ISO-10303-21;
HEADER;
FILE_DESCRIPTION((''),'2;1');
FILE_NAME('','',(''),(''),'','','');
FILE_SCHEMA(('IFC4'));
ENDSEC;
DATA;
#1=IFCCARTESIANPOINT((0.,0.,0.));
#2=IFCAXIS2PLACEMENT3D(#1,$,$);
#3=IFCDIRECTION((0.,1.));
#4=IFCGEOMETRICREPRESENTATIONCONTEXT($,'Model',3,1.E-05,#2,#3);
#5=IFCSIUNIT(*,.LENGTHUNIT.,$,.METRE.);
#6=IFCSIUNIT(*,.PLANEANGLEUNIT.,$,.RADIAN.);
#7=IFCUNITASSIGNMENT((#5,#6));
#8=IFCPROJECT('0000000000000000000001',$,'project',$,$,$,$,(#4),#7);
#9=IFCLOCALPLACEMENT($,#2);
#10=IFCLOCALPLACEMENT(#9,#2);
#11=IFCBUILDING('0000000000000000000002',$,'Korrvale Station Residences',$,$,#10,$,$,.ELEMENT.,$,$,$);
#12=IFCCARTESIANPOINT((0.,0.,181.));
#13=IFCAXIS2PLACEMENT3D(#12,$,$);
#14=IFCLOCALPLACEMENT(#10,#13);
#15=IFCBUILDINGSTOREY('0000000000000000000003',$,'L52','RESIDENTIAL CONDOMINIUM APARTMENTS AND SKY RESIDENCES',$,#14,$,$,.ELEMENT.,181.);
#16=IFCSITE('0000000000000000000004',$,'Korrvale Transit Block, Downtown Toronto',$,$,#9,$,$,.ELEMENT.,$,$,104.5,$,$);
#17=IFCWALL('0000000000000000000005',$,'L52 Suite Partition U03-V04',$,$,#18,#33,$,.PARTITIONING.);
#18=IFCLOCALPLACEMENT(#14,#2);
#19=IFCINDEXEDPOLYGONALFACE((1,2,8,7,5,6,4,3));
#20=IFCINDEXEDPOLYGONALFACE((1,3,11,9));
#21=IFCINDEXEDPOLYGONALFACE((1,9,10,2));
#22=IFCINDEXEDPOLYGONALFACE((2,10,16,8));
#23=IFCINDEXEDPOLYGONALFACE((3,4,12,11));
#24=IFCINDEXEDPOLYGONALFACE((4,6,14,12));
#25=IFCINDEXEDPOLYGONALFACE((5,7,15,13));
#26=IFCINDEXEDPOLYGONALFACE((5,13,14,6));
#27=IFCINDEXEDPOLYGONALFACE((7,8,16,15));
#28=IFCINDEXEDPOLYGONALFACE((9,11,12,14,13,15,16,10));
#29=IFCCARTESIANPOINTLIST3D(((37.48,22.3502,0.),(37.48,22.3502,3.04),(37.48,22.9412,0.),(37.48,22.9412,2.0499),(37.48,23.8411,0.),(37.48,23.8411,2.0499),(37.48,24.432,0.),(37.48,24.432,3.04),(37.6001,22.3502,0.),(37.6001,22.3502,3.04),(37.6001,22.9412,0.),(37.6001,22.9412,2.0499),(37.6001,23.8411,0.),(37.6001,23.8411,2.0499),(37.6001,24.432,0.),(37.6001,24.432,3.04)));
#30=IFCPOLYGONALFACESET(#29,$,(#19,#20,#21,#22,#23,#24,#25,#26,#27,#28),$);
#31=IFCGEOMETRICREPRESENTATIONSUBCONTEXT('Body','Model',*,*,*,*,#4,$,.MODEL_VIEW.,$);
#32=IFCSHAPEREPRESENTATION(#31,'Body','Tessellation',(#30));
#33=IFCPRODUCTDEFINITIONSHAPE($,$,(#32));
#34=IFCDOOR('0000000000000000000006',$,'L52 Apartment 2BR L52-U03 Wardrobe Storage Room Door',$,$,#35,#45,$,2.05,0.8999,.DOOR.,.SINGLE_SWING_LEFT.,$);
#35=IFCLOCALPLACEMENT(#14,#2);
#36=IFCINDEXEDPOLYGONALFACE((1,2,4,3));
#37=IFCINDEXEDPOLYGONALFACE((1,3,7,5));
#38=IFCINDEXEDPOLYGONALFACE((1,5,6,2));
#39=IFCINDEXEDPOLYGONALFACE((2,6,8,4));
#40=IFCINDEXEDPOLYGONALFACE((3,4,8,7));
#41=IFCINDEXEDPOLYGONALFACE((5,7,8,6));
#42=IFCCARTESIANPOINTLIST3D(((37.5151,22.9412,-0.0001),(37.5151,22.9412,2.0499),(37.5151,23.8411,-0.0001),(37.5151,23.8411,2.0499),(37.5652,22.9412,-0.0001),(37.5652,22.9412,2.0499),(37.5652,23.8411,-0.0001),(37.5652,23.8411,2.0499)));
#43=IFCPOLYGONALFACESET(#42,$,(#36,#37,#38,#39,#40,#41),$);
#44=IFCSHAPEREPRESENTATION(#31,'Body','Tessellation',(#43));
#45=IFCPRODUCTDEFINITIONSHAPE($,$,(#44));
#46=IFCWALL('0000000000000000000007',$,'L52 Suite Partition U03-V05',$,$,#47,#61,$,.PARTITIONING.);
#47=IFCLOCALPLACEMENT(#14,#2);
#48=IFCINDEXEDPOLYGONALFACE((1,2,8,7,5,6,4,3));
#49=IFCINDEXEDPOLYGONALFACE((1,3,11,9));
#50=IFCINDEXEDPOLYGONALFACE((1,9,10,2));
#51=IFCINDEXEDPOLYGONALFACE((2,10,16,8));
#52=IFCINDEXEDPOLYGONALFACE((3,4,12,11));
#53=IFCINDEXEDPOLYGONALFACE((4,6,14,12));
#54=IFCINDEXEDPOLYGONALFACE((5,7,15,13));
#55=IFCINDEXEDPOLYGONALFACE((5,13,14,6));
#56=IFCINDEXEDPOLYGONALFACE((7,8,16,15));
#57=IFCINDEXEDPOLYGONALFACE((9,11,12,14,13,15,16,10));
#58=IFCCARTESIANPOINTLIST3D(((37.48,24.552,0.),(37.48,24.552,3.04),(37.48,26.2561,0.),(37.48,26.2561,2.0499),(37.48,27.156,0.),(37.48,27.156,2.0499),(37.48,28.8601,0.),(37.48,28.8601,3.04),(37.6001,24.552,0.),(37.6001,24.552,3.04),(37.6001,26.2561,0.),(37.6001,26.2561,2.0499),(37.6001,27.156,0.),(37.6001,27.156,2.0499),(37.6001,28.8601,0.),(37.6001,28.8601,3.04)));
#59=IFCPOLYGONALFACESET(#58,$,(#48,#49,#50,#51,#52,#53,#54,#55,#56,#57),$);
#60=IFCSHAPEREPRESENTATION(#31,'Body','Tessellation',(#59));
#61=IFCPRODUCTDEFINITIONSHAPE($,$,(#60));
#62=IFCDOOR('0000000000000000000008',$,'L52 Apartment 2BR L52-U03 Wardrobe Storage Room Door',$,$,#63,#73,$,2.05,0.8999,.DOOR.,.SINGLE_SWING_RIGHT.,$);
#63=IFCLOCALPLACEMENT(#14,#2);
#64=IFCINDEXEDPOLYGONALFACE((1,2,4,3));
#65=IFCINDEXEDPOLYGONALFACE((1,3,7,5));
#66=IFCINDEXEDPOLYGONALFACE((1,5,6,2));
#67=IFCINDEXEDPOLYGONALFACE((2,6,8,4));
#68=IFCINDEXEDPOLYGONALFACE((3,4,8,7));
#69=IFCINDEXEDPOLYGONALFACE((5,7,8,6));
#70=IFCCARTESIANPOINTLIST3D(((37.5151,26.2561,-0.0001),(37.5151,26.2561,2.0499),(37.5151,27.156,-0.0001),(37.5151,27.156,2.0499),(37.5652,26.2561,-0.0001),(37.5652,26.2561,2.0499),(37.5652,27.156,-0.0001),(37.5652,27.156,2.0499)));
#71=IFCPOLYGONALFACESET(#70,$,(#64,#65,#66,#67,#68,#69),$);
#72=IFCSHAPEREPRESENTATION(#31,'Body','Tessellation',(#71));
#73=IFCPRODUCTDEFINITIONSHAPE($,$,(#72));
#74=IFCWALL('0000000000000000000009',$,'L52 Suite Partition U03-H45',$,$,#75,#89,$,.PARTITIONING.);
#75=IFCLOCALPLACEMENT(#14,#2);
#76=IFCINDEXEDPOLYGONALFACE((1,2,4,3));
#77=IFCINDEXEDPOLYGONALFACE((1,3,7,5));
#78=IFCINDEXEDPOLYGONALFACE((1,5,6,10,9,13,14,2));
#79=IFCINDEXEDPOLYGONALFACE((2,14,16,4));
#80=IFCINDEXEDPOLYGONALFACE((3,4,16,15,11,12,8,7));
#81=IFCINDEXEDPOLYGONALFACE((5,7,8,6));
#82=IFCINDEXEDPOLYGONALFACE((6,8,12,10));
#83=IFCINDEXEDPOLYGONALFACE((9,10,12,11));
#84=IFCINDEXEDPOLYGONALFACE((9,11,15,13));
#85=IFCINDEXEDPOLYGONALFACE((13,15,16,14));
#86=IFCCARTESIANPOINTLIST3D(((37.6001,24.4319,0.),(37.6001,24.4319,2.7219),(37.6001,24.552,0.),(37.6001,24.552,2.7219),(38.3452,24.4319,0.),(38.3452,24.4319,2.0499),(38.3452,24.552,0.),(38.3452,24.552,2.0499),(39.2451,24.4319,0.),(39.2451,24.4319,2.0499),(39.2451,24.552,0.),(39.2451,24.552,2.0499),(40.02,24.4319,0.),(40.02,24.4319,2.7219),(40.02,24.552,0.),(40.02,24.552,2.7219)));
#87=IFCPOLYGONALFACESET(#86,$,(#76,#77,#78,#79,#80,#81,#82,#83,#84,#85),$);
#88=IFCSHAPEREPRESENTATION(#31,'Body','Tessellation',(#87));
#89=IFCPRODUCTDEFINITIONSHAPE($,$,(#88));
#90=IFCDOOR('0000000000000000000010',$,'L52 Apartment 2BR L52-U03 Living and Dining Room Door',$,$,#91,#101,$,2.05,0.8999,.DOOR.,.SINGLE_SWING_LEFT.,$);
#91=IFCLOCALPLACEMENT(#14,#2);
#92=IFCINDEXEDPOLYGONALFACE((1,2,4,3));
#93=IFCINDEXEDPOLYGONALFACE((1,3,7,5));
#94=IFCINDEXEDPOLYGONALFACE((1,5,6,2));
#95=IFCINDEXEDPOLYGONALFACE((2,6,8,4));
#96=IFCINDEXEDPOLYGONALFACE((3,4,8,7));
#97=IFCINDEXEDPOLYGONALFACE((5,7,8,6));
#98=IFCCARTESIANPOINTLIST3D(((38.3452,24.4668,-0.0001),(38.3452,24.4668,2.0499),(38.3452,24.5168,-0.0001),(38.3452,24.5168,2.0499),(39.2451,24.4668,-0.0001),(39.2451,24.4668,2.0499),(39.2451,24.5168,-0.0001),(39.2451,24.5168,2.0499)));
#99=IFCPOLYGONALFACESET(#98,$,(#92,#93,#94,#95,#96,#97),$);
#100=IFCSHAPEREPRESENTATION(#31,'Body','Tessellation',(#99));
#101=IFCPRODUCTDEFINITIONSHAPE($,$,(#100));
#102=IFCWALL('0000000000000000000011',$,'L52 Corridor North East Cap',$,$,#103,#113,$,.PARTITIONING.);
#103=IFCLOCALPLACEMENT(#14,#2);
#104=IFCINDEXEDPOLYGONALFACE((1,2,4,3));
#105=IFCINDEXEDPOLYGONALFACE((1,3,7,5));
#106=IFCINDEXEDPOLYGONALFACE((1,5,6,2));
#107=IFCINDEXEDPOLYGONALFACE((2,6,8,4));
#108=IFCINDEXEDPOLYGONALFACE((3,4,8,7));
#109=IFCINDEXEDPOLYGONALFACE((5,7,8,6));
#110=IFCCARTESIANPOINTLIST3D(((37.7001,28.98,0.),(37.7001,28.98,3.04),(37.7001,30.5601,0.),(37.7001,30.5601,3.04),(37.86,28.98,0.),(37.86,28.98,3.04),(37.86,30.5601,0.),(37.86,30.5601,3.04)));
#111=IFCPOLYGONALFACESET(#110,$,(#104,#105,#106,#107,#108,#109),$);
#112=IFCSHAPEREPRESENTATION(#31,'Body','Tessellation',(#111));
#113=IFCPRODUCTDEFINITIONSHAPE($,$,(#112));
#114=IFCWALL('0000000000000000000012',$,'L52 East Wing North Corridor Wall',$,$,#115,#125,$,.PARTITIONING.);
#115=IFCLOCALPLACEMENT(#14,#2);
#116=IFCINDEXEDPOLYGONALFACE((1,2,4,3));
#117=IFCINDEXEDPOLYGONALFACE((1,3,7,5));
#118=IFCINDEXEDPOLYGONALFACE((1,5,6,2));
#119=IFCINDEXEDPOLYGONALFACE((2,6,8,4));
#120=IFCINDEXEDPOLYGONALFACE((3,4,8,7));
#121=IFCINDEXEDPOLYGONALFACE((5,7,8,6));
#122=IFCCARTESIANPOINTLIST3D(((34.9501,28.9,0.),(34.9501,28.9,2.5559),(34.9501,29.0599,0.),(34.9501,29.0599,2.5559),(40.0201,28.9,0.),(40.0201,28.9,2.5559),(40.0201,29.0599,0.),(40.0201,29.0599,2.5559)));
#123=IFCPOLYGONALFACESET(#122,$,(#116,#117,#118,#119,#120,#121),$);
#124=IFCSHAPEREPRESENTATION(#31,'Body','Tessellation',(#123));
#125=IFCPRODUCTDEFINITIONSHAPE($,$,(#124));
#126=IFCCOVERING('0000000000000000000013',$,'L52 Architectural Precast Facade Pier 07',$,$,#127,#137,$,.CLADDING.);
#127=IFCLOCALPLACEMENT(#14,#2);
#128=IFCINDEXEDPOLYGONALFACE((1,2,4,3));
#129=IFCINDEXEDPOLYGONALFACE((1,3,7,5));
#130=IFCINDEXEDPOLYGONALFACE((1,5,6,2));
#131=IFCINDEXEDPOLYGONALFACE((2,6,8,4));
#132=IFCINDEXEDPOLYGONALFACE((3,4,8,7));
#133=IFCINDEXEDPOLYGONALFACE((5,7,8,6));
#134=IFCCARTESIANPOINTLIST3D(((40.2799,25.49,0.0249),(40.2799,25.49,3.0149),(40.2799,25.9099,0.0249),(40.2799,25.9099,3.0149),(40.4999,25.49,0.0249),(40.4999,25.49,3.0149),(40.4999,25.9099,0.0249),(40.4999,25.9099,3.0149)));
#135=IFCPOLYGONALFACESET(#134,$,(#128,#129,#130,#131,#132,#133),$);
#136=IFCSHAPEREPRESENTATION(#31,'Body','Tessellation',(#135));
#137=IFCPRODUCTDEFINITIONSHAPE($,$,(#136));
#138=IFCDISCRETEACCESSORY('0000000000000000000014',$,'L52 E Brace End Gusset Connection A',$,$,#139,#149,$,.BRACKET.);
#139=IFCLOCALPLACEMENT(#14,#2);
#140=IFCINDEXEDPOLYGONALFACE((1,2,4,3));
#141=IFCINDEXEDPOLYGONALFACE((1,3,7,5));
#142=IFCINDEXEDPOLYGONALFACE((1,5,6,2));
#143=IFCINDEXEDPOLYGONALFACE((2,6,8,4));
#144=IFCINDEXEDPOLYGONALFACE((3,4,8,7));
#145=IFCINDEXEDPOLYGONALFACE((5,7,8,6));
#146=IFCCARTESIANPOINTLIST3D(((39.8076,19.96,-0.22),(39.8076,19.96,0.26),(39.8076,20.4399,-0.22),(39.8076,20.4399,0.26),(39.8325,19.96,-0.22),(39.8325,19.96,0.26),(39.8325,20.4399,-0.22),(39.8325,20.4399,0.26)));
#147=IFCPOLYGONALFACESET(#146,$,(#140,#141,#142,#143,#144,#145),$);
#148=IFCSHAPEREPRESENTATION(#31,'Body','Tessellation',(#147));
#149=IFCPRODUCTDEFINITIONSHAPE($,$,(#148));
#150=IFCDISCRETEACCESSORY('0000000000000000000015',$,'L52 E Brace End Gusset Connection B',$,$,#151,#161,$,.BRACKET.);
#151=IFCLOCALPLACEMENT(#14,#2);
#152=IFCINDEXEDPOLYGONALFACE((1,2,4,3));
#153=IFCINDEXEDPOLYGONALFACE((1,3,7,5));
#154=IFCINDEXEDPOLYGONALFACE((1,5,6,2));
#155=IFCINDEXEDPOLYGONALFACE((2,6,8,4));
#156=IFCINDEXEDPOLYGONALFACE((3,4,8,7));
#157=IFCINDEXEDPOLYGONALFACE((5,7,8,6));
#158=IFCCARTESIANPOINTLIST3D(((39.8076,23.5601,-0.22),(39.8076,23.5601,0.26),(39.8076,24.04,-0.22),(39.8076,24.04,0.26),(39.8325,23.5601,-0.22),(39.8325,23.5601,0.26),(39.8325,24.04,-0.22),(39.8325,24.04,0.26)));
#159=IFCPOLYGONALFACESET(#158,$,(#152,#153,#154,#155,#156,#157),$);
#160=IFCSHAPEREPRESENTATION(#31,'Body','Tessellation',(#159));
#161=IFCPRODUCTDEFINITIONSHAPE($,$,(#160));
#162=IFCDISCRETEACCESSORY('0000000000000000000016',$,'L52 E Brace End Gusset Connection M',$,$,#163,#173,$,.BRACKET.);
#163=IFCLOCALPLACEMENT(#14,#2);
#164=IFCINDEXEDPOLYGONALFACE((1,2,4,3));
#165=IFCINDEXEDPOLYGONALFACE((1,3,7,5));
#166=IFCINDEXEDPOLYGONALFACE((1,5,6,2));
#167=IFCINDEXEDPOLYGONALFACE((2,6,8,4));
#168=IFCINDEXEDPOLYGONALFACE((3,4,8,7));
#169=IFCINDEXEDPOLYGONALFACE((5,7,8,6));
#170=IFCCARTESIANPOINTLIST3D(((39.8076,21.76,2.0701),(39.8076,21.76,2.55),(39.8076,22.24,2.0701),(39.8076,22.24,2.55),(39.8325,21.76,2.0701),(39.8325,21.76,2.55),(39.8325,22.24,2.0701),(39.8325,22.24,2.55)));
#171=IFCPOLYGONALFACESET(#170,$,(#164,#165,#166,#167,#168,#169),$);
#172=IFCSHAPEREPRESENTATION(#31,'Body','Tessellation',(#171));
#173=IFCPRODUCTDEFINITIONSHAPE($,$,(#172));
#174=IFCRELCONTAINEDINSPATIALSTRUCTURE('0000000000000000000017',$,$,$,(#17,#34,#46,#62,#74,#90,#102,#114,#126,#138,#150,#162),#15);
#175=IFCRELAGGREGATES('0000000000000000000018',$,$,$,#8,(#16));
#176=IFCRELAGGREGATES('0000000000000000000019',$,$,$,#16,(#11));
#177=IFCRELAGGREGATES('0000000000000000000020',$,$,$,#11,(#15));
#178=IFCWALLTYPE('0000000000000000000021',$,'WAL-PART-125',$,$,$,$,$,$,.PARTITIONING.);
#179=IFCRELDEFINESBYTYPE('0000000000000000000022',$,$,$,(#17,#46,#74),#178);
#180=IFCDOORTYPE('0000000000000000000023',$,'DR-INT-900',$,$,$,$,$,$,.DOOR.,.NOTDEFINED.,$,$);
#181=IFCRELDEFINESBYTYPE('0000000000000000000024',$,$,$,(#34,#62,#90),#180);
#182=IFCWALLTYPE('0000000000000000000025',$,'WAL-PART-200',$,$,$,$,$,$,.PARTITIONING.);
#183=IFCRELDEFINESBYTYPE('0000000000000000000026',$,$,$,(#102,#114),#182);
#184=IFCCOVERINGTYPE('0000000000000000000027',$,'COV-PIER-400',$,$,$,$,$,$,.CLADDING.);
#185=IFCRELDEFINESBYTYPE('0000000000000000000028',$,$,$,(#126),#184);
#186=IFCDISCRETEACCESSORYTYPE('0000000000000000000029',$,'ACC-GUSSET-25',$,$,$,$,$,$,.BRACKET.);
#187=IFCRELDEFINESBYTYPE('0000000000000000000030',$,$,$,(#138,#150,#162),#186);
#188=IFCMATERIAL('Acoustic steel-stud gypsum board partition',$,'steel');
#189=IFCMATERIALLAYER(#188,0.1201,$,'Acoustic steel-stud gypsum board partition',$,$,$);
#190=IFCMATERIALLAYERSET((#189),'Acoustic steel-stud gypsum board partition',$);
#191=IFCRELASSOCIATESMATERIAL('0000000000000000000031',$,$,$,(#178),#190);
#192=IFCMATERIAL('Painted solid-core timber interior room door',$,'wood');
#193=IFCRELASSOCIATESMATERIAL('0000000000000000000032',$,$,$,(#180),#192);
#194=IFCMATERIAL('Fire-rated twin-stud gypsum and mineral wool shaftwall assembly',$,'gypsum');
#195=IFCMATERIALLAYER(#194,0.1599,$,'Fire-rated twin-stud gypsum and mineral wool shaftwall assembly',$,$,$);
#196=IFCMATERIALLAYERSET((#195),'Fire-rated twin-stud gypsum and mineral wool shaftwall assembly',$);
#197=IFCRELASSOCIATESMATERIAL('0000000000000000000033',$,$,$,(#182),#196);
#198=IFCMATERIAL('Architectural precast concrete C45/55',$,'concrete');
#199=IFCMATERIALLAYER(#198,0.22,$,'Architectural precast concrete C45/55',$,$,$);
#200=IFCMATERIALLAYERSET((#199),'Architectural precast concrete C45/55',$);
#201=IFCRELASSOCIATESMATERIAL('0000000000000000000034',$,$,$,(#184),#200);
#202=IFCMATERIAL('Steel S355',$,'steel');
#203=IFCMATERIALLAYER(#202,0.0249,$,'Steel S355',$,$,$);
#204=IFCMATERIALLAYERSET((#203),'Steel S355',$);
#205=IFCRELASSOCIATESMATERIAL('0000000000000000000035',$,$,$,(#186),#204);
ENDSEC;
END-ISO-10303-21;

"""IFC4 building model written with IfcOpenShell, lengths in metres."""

from ifc_helpers import new_model, si_unit, direction, frame, frame_2d, origin, origin_2d, place, context, subcontext, project, spatial, rectangle, extrude, material, layer, layer_set, type_object, element, fill, save


model = new_model("IFC4")

# Units and contexts
model_context = context("Model", 3, precision=1e-05, world=origin(), true_north=direction((0.0, 1.0)))
body_context = subcontext(model_context, "Body", "Model", "MODEL_VIEW")
ifc_project = project(units=[si_unit("LENGTHUNIT", "METRE"), si_unit("PLANEANGLEUNIT", "RADIAN")], contexts=[model_context])

# Site, building, storey
site_placement = place(None, origin())
site = spatial("IfcSite", under=ifc_project, at=site_placement, Name="Korrvale Transit Block, Downtown Toronto", CompositionType="ELEMENT", RefElevation=104.5)
building_placement = place(site_placement, origin())
building = spatial("IfcBuilding", under=site, at=building_placement, Name="Korrvale Station Residences", CompositionType="ELEMENT")
storey_placement = place(building_placement, frame((0.0, 0.0, 181.0)))
storey = spatial("IfcBuildingStorey", under=building, at=storey_placement, Name="L52", Description="RESIDENTIAL CONDOMINIUM APARTMENTS AND SKY RESIDENCES", CompositionType="ELEMENT", Elevation=181.0)

# Shared definitions
ifc_material_1 = material(Name="Steel S355", Category="steel")

# Walls, openings, doors
ifc_material_2 = material(Name="Acoustic steel-stud gypsum board partition", Category="steel")
ifc_layer_1 = layer(ifc_material_2, 0.1201, Name="Acoustic steel-stud gypsum board partition")
ifc_layer_set_1 = layer_set([ifc_layer_1], Name="Acoustic steel-stud gypsum board partition")
wall_type_1 = type_object("IfcWallType", Name="WAL-PART-125", PredefinedType="PARTITIONING", material=ifc_layer_set_1)
ifc_material_3 = material(Name="Painted solid-core timber interior room door", Category="wood")
door_type = type_object("IfcDoorType", Name="DR-INT-900", OperationType="NOTDEFINED", PredefinedType="DOOR", material=ifc_material_3)
wall_1_placement = place(storey_placement, frame((37.54, 22.3501, 0.0), z_axis=(0.0, 0.0, 1.0), x_axis=(0.0, 1.0, 0.0)))
wall_1 = element("IfcWall", 1, at=wall_1_placement, inside=storey, type_object=wall_type_1, Name="L52 Suite Partition U03-V04", PredefinedType="PARTITIONING", context=body_context, shape_type="SweptSolid", body=[
    extrude(rectangle(XDim=2.0818, YDim=0.1201, at=frame_2d((1.041, 0.0))), origin(), (0.0, 0.0, 1.0), 3.04),
])
opening_1_placement = place(wall_1_placement, frame((0.5911, 0.0, 0.0)))
opening_1 = element("IfcOpeningElement", 2, at=opening_1_placement, cuts=wall_1, PredefinedType="OPENING", context=body_context, shape_type="SweptSolid", body=[
    extrude(rectangle(XDim=0.8999, YDim=2.05, at=frame_2d((0.45, 1.0249))), frame((0.0, 0.0701, 0.0), z_axis=(0.0, -1.0, 0.0), x_axis=(1.0, 0.0, 0.0)), (0.0, 0.0, 1.0), 0.1401),
])
door_1_placement = place(opening_1_placement, origin())
door_1 = element("IfcDoor", 3, at=door_1_placement, inside=storey, type_object=door_type, Name="L52 Apartment 2BR L52-U03 Wardrobe Storage Room Door", OperationType="SINGLE_SWING_LEFT", OverallHeight=2.05, OverallWidth=0.8999, PredefinedType="DOOR", context=body_context, shape_type="SweptSolid", body=[
    extrude(rectangle(XDim=0.8999, YDim=2.05, at=frame_2d((0.45, 1.0249))), frame((0.0, 0.0249, 0.0), z_axis=(0.0, -1.0, 0.0), x_axis=(1.0, 0.0, 0.0)), (0.0, 0.0, 1.0), 0.05),
])
fill(opening_1, door_1)
wall_2_placement = place(storey_placement, frame((37.54, 24.552, 0.0), z_axis=(0.0, 0.0, 1.0), x_axis=(0.0, 1.0, 0.0)))
wall_2 = element("IfcWall", 4, at=wall_2_placement, inside=storey, type_object=wall_type_1, Name="L52 Suite Partition U03-V05", PredefinedType="PARTITIONING", context=body_context, shape_type="SweptSolid", body=[
    extrude(rectangle(XDim=4.3081, YDim=0.1201, at=frame_2d((2.1541, 0.0))), origin(), (0.0, 0.0, 1.0), 3.04),
])
opening_2_placement = place(wall_2_placement, frame((1.7041, 0.0, 0.0)))
opening_2 = element("IfcOpeningElement", 5, at=opening_2_placement, cuts=wall_2, PredefinedType="OPENING", context=body_context, shape_type="SweptSolid", body=[
    extrude(rectangle(XDim=0.8999, YDim=2.05, at=frame_2d((0.45, 1.0249))), frame((0.0, 0.0701, 0.0), z_axis=(0.0, -1.0, 0.0), x_axis=(1.0, 0.0, 0.0)), (0.0, 0.0, 1.0), 0.1401),
])
door_2_placement = place(opening_2_placement, origin())
door_2 = element("IfcDoor", 6, at=door_2_placement, inside=storey, type_object=door_type, Name="L52 Apartment 2BR L52-U03 Wardrobe Storage Room Door", OperationType="SINGLE_SWING_RIGHT", OverallHeight=2.05, OverallWidth=0.8999, PredefinedType="DOOR", context=body_context, shape_type="SweptSolid", body=[
    extrude(rectangle(XDim=0.8999, YDim=2.05, at=frame_2d((0.45, 1.0249))), frame((0.0, 0.0249, 0.0), z_axis=(0.0, -1.0, 0.0), x_axis=(1.0, 0.0, 0.0)), (0.0, 0.0, 1.0), 0.05),
])
fill(opening_2, door_2)
wall_3_placement = place(storey_placement, frame((37.6001, 24.4919, 0.0), z_axis=(0.0, 0.0, 1.0), x_axis=(1.0, 0.0, 0.0)))
wall_3 = element("IfcWall", 7, at=wall_3_placement, inside=storey, type_object=wall_type_1, Name="L52 Suite Partition U03-H45", PredefinedType="PARTITIONING", context=body_context, shape_type="SweptSolid", body=[
    extrude(rectangle(XDim=2.4199, YDim=0.1201, at=frame_2d((1.21, 0.0))), origin(), (0.0, 0.0, 1.0), 2.7219),
])
opening_3_placement = place(wall_3_placement, frame((0.7451, 0.0, 0.0)))
opening_3 = element("IfcOpeningElement", 8, at=opening_3_placement, cuts=wall_3, PredefinedType="OPENING", context=body_context, shape_type="SweptSolid", body=[
    extrude(rectangle(XDim=0.8999, YDim=2.05, at=frame_2d((0.45, 1.0249))), frame((0.0, 0.0701, 0.0), z_axis=(0.0, -1.0, 0.0), x_axis=(1.0, 0.0, 0.0)), (0.0, 0.0, 1.0), 0.1401),
])
door_3_placement = place(opening_3_placement, origin())
door_3 = element("IfcDoor", 9, at=door_3_placement, inside=storey, type_object=door_type, Name="L52 Apartment 2BR L52-U03 Living and Dining Room Door", OperationType="SINGLE_SWING_LEFT", OverallHeight=2.05, OverallWidth=0.8999, PredefinedType="DOOR", context=body_context, shape_type="SweptSolid", body=[
    extrude(rectangle(XDim=0.8999, YDim=2.05, at=frame_2d((0.45, 1.0249))), frame((0.0, 0.0249, 0.0), z_axis=(0.0, -1.0, 0.0), x_axis=(1.0, 0.0, 0.0)), (0.0, 0.0, 1.0), 0.05),
])
fill(opening_3, door_3)

# Walls
ifc_material_4 = material(Name="Fire-rated twin-stud gypsum and mineral wool shaftwall assembly", Category="gypsum")
ifc_layer_2 = layer(ifc_material_4, 0.1599, Name="Fire-rated twin-stud gypsum and mineral wool shaftwall assembly")
ifc_layer_set_2 = layer_set([ifc_layer_2], Name="Fire-rated twin-stud gypsum and mineral wool shaftwall assembly")
wall_type_2 = type_object("IfcWallType", Name="WAL-PART-200", PredefinedType="PARTITIONING", material=ifc_layer_set_2)
wall_4_placement = place(storey_placement, frame((37.78, 28.98, 0.0), z_axis=(0.0, 0.0, 1.0), x_axis=(0.0, 1.0, 0.0)))
element("IfcWall", 10, at=wall_4_placement, inside=storey, type_object=wall_type_2, Name="L52 Corridor North East Cap", PredefinedType="PARTITIONING", context=body_context, shape_type="SweptSolid", body=[
    extrude(rectangle(XDim=1.5801, YDim=0.1599, at=frame_2d((0.79, 0.0))), origin(), (0.0, 0.0, 1.0), 3.04),
])
wall_5_placement = place(storey_placement, frame((34.95, 28.98, 0.0), z_axis=(0.0, 0.0, 1.0), x_axis=(1.0, 0.0, 0.0)))
element("IfcWall", 11, at=wall_5_placement, inside=storey, type_object=wall_type_2, Name="L52 East Wing North Corridor Wall", PredefinedType="PARTITIONING", context=body_context, shape_type="SweptSolid", body=[
    extrude(rectangle(XDim=5.0701, YDim=0.1599, at=frame_2d((2.5352, 0.0))), origin(), (0.0, 0.0, 1.0), 2.5559),
])

# Covering
ifc_material_5 = material(Name="Architectural precast concrete C45/55", Category="concrete")
ifc_layer_3 = layer(ifc_material_5, 0.22, Name="Architectural precast concrete C45/55")
ifc_layer_set_3 = layer_set([ifc_layer_3], Name="Architectural precast concrete C45/55")
covering_type = type_object("IfcCoveringType", Name="COV-PIER-400", PredefinedType="CLADDING", material=ifc_layer_set_3)
covering_placement = place(storey_placement, frame((40.3899, 25.7, 0.0249), z_axis=(0.0, 0.0, 1.0), x_axis=(0.0, 1.0, 0.0)))
element("IfcCovering", 12, at=covering_placement, inside=storey, type_object=covering_type, Name="L52 Architectural Precast Facade Pier 07", PredefinedType="CLADDING", context=body_context, shape_type="SweptSolid", body=[
    extrude(rectangle(XDim=0.4199, YDim=0.22, at=origin_2d()), origin(), (0.0, 0.0, 1.0), 2.99),
])

# Discrete accessories
ifc_layer_4 = layer(ifc_material_1, 0.0249, Name="Steel S355")
ifc_layer_set_4 = layer_set([ifc_layer_4], Name="Steel S355")
discrete_accessory_type = type_object("IfcDiscreteAccessoryType", Name="ACC-GUSSET-25", PredefinedType="BRACKET", material=ifc_layer_set_4)
for number, where, z_axis, x_axis, name in (
    (13, (39.8201, 20.2, -0.22), (0.0, 0.0, 1.0), (0.0, 1.0, 0.0), "L52 E Brace End Gusset Connection A"),
    (14, (39.8201, 23.8, -0.22), (0.0, 0.0, 1.0), (0.0, 1.0, 0.0), "L52 E Brace End Gusset Connection B"),
    (15, (39.8201, 22.0, 2.0701), (0.0, 0.0, 1.0), (0.0, 1.0, 0.0), "L52 E Brace End Gusset Connection M"),
):
    element("IfcDiscreteAccessory", number, at=place(storey_placement, frame(where, z_axis=z_axis, x_axis=x_axis)), inside=storey, type_object=discrete_accessory_type, Name=name, PredefinedType="BRACKET", context=body_context, shape_type="SweptSolid", body=[
        extrude(rectangle(XDim=0.48, YDim=0.0249, at=origin_2d()), origin(), (0.0, 0.0, 1.0), 0.48),
    ])

save(model, "model.ifc")
